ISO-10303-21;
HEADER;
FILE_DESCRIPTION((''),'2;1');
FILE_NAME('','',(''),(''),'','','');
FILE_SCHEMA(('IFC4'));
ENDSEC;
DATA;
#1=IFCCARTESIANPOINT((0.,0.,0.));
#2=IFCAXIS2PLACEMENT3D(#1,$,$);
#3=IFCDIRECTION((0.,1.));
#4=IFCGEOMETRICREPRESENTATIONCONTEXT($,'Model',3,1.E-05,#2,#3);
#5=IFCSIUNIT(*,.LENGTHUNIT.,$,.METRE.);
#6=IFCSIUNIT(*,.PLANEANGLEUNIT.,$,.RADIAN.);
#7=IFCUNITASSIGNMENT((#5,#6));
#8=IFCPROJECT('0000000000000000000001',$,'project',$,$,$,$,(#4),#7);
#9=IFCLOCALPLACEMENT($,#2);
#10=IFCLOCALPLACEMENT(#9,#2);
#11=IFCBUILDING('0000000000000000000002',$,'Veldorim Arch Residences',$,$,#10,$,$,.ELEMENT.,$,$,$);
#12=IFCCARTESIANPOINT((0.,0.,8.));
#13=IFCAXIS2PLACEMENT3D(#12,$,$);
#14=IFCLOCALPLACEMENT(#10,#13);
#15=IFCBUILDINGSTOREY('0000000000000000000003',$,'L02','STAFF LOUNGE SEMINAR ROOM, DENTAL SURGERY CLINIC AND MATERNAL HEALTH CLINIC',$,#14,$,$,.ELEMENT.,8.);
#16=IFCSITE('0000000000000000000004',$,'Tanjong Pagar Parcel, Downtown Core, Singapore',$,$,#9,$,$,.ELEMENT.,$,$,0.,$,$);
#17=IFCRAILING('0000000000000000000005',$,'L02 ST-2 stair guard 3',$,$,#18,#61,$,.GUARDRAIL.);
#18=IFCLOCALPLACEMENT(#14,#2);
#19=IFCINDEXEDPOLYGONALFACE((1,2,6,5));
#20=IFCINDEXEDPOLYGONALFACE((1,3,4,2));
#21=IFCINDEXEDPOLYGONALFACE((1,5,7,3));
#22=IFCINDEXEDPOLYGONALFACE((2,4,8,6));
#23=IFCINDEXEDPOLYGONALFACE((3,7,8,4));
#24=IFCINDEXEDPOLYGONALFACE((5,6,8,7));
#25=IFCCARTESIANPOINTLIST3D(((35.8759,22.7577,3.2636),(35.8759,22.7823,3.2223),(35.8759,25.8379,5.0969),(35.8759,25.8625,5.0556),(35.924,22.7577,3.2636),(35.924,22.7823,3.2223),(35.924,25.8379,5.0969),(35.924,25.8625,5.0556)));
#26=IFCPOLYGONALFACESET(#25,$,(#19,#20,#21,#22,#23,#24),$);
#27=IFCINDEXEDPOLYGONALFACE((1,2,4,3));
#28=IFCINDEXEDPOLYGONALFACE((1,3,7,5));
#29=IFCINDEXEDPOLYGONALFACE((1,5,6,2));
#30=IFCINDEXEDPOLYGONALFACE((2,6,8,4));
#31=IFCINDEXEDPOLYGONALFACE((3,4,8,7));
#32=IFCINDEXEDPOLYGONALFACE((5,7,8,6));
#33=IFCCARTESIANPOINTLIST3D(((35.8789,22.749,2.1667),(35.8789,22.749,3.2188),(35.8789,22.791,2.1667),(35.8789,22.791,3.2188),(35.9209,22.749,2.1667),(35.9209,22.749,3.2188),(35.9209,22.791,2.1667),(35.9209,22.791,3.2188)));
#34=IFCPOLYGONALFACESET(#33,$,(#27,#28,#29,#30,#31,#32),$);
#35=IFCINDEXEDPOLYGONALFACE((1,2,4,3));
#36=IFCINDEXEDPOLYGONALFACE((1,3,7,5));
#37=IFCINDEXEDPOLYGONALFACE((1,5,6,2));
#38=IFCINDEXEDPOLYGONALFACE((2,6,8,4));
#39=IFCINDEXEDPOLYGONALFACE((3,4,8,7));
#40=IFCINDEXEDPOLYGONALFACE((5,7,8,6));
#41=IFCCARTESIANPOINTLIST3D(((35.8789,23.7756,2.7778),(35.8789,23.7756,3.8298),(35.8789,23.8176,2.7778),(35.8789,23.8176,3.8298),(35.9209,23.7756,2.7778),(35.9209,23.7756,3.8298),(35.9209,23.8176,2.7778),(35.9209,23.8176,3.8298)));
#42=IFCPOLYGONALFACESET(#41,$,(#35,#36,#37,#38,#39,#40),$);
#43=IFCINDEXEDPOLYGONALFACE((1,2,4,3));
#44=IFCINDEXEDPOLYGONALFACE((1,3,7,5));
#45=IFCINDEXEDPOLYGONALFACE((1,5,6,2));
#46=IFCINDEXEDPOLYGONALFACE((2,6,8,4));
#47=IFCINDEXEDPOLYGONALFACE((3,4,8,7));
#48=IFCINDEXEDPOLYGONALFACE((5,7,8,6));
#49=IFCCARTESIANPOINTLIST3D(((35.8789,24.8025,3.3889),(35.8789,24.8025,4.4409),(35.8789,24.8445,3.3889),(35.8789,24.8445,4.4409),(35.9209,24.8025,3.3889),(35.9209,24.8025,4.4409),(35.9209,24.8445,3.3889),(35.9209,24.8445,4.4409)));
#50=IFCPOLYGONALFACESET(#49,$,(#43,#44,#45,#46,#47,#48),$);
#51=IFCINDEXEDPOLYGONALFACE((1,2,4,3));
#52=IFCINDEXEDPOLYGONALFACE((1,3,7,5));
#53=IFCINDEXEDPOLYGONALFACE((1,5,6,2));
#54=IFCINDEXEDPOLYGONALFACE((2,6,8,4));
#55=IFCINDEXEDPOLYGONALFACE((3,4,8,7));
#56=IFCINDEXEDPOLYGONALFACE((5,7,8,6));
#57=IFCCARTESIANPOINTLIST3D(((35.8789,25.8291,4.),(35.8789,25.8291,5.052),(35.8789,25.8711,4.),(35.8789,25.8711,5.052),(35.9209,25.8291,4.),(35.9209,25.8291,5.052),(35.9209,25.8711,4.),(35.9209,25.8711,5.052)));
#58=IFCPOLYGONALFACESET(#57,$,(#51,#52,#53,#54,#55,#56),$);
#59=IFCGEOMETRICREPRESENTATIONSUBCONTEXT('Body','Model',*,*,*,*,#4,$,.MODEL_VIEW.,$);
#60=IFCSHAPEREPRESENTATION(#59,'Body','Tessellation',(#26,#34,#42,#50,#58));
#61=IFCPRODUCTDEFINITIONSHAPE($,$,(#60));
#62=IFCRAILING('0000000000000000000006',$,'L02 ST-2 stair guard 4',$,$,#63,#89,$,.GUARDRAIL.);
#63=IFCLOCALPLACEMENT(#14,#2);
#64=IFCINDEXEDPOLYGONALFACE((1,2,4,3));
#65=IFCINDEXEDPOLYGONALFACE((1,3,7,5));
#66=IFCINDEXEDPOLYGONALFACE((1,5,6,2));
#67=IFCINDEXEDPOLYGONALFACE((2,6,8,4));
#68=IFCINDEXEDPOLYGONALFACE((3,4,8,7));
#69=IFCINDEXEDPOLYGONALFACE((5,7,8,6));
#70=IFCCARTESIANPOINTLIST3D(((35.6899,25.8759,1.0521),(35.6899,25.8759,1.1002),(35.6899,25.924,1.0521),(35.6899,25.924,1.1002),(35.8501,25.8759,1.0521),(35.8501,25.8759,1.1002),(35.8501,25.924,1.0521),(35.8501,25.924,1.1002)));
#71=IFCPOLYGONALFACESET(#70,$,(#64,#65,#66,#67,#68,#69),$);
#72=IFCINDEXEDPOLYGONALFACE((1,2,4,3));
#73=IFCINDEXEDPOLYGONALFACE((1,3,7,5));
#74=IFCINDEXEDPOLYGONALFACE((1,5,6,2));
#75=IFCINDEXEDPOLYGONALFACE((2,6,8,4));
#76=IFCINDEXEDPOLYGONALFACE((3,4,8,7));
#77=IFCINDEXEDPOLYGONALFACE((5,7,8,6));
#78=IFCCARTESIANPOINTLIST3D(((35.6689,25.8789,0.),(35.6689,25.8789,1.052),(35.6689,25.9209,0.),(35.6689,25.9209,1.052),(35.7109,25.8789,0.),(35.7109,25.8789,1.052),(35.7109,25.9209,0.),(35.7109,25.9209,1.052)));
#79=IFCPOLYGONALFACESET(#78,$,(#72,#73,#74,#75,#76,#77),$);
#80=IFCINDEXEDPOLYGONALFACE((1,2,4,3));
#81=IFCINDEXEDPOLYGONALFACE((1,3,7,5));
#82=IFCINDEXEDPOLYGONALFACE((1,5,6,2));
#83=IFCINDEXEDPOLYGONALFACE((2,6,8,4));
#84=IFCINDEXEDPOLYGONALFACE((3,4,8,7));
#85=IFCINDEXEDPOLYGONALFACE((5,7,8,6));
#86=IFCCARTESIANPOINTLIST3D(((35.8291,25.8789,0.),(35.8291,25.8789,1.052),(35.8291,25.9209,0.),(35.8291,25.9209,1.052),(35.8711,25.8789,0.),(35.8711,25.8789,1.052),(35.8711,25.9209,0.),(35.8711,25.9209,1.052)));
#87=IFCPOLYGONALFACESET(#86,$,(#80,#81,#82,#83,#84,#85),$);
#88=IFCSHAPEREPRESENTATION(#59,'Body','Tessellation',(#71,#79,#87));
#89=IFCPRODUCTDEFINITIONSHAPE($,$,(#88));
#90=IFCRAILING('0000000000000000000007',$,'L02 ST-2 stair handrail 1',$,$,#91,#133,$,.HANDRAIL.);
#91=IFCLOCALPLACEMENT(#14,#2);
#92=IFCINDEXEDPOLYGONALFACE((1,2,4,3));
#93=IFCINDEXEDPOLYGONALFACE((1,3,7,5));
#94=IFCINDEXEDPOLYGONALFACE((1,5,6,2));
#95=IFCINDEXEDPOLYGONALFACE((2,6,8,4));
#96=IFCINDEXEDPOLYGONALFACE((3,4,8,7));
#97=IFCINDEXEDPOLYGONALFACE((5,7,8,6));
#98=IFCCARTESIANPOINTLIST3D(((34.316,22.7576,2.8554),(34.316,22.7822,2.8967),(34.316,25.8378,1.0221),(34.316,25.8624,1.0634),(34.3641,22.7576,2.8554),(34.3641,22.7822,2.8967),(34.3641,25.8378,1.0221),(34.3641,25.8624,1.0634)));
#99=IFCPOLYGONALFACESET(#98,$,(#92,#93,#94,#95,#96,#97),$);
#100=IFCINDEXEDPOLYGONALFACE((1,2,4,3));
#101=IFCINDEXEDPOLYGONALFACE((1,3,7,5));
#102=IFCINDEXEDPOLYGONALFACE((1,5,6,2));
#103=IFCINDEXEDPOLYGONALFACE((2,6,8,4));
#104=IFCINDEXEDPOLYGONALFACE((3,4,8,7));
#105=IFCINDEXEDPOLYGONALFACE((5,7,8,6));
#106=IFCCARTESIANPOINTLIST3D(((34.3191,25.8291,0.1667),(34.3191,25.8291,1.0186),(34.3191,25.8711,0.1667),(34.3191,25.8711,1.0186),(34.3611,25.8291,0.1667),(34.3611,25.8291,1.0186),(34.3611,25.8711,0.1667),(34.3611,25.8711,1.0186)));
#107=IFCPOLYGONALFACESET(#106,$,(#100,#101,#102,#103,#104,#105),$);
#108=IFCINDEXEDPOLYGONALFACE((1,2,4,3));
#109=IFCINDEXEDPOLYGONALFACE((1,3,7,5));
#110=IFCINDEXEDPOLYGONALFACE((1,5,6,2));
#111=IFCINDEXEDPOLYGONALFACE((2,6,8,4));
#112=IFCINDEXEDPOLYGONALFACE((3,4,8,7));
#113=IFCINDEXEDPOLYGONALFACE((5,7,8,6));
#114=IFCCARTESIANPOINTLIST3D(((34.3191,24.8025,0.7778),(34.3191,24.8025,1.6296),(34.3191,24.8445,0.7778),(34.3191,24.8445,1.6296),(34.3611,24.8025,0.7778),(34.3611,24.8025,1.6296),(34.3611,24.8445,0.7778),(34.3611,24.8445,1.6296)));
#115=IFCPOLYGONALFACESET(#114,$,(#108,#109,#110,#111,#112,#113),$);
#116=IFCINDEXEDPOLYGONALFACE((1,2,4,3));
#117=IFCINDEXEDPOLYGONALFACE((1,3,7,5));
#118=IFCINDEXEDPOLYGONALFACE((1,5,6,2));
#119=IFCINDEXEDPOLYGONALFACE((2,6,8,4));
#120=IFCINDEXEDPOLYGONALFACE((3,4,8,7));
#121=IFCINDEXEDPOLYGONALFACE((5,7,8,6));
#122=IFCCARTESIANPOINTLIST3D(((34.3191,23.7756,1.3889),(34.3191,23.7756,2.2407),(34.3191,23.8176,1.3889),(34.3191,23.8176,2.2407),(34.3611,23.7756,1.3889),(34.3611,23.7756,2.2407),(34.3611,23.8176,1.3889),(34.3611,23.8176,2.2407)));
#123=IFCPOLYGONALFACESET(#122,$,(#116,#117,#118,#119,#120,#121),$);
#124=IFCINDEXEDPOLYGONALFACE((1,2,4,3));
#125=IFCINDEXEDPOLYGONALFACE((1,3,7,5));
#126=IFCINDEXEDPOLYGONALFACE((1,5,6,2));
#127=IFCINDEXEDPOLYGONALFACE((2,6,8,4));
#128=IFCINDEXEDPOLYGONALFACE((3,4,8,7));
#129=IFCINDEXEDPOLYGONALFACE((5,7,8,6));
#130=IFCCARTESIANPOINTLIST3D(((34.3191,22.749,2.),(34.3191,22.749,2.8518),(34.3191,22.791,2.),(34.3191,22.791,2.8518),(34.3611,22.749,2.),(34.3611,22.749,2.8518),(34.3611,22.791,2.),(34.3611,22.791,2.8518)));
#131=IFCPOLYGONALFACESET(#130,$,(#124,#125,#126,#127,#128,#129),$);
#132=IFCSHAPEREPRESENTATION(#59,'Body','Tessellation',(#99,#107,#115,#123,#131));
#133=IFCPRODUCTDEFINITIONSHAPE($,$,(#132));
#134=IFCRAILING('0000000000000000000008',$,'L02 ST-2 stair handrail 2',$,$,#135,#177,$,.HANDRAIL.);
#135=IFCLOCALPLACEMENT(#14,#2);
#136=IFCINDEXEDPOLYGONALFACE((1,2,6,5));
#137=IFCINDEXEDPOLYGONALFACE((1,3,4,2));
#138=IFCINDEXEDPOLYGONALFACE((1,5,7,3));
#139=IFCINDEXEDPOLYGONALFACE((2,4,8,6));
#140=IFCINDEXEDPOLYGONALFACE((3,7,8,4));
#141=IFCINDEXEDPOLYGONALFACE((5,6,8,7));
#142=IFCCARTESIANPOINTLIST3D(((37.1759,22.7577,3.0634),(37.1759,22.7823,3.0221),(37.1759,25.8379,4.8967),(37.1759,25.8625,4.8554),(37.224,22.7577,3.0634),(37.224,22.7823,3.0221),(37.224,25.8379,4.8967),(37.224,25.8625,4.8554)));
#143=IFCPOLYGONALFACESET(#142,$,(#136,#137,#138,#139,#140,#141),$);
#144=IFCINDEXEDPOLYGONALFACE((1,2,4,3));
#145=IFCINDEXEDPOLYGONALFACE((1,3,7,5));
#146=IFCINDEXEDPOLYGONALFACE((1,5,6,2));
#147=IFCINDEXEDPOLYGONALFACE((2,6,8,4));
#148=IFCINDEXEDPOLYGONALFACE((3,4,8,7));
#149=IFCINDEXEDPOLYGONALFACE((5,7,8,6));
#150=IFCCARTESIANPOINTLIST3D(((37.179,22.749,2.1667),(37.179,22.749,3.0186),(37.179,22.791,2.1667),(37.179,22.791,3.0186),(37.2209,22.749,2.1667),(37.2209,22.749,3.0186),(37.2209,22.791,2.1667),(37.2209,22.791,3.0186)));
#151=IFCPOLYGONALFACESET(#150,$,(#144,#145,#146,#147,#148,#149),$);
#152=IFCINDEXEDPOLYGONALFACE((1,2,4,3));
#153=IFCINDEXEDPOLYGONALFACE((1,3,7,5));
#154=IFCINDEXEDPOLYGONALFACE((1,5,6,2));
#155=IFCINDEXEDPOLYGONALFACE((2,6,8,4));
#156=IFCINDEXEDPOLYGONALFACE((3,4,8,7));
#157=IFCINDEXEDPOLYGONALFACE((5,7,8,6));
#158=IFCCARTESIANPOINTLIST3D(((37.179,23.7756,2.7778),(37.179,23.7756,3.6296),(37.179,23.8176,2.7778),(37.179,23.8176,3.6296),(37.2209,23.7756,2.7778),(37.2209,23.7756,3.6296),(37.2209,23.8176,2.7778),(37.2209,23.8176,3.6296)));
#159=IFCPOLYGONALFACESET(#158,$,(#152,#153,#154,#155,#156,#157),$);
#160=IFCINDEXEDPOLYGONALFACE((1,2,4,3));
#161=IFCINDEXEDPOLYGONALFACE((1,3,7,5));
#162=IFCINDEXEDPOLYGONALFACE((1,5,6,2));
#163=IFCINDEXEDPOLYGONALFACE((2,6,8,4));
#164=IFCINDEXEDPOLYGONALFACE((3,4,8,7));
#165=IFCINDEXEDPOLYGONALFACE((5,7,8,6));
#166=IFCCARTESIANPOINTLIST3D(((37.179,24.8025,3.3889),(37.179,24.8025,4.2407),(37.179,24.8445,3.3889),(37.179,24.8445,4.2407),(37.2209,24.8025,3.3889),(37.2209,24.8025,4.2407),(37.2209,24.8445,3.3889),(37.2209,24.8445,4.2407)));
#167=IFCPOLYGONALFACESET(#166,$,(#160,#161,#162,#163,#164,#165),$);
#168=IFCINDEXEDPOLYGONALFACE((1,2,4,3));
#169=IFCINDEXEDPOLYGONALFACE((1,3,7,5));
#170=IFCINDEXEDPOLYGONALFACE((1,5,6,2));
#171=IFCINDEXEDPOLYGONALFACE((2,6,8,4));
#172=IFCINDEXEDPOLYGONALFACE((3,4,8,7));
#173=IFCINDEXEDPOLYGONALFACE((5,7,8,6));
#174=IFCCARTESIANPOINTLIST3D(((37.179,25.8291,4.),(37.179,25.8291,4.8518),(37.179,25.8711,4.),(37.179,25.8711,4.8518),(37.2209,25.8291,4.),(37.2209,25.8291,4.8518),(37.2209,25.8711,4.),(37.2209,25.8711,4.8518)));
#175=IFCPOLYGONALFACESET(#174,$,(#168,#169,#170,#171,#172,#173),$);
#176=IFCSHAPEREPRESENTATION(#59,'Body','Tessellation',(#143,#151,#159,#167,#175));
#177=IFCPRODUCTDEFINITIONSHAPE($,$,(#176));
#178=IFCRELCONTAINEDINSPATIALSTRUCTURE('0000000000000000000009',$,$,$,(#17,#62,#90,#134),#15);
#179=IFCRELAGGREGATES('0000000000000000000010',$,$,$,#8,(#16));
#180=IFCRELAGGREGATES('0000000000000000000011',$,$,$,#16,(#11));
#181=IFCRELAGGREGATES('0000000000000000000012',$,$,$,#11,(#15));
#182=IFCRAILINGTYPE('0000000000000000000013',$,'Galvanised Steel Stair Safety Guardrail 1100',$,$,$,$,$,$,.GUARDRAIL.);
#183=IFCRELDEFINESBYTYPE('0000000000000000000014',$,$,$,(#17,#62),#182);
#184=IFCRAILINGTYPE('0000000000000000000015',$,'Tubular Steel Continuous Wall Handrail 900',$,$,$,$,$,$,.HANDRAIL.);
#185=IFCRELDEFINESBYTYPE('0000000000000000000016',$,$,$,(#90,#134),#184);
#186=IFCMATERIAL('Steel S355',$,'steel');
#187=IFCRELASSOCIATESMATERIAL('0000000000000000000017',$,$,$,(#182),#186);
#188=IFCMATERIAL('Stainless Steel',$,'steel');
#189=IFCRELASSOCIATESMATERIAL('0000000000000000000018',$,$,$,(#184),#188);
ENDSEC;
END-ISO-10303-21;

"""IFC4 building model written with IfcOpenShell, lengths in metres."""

from ifc_helpers import new_model, si_unit, direction, frame, origin, origin_2d, place, context, subcontext, project, spatial, rectangle, extrude, material, type_object, element, save


model = new_model("IFC4")

# Units and contexts
model_context = context("Model", 3, precision=1e-05, world=origin(), true_north=direction((0.0, 1.0)))
body_context = subcontext(model_context, "Body", "Model", "MODEL_VIEW")
ifc_project = project(units=[si_unit("LENGTHUNIT", "METRE"), si_unit("PLANEANGLEUNIT", "RADIAN")], contexts=[model_context])

# Site, building, storey
site_placement = place(None, origin())
site = spatial("IfcSite", under=ifc_project, at=site_placement, Name="Tanjong Pagar Parcel, Downtown Core, Singapore", CompositionType="ELEMENT", RefElevation=0.0)
building_placement = place(site_placement, origin())
building = spatial("IfcBuilding", under=site, at=building_placement, Name="Veldorim Arch Residences", CompositionType="ELEMENT")
storey_placement = place(building_placement, frame((0.0, 0.0, 8.0)))
storey = spatial("IfcBuildingStorey", under=building, at=storey_placement, Name="L02", Description="STAFF LOUNGE SEMINAR ROOM, DENTAL SURGERY CLINIC AND MATERNAL HEALTH CLINIC", CompositionType="ELEMENT", Elevation=8.0)

# Railings
ifc_material_1 = material(Name="Steel S355", Category="steel")
railing_type_1 = type_object("IfcRailingType", Name="Galvanised Steel Stair Safety Guardrail 1100", PredefinedType="GUARDRAIL", material=ifc_material_1)
railing_1_placement = place(storey_placement, frame((35.8999, 22.77, 2.1667)))
element("IfcRailing", 1, at=railing_1_placement, inside=storey, type_object=railing_type_1, Name="L02 ST-2 stair guard 3", PredefinedType="GUARDRAIL", context=body_context, shape_type="SweptSolid", body=[
    extrude(rectangle(XDim=0.0481, YDim=0.0481, at=origin_2d()), frame((0.0, 0.0, 1.0762), z_axis=(0.0, 0.859309, 0.511458), x_axis=(-1.0, 0.0, 0.0)), (0.0, 0.0, 1.0), 3.5845),
    extrude(rectangle(XDim=0.042, YDim=0.042, at=origin_2d()), origin(), (0.0, 0.0, 1.0), 1.052),
    extrude(rectangle(XDim=0.042, YDim=0.042, at=origin_2d()), frame((0.0, 1.0266, 0.6111)), (0.0, 0.0, 1.0), 1.052),
    extrude(rectangle(XDim=0.042, YDim=0.042, at=origin_2d()), frame((0.0, 2.0535, 1.2222)), (0.0, 0.0, 1.0), 1.052),
    extrude(rectangle(XDim=0.042, YDim=0.042, at=origin_2d()), frame((0.0, 3.0801, 1.8333)), (0.0, 0.0, 1.0), 1.052),
])
railing_2_placement = place(storey_placement, frame((35.6899, 25.8999, 0.0)))
element("IfcRailing", 2, at=railing_2_placement, inside=storey, type_object=railing_type_1, Name="L02 ST-2 stair guard 4", PredefinedType="GUARDRAIL", context=body_context, shape_type="SweptSolid", body=[
    extrude(rectangle(XDim=0.0481, YDim=0.0481, at=origin_2d()), frame((0.0, 0.0, 1.0762), z_axis=(1.0, 0.0, 0.0), x_axis=(0.0, 1.0, 0.0)), (0.0, 0.0, 1.0), 0.1602),
    extrude(rectangle(XDim=0.042, YDim=0.042, at=origin_2d()), origin(), (0.0, 0.0, 1.0), 1.052),
    extrude(rectangle(XDim=0.042, YDim=0.042, at=origin_2d()), frame((0.1602, 0.0, 0.0)), (0.0, 0.0, 1.0), 1.052),
])
ifc_material_2 = material(Name="Stainless Steel", Category="steel")
railing_type_2 = type_object("IfcRailingType", Name="Tubular Steel Continuous Wall Handrail 900", PredefinedType="HANDRAIL", material=ifc_material_2)
railing_3_placement = place(storey_placement, frame((34.3401, 25.8501, 0.1667)))
element("IfcRailing", 3, at=railing_3_placement, inside=storey, type_object=railing_type_2, Name="L02 ST-2 stair handrail 1", PredefinedType="HANDRAIL", context=body_context, shape_type="SweptSolid", body=[
    extrude(rectangle(XDim=0.0481, YDim=0.0481, at=origin_2d()), frame((0.0, 0.0, 0.876), z_axis=(0.0, -0.859309, 0.511458), x_axis=(1.0, 0.0, 0.0)), (0.0, 0.0, 1.0), 3.5845),
    extrude(rectangle(XDim=0.042, YDim=0.042, at=origin_2d()), origin(), (0.0, 0.0, 1.0), 0.8518),
    extrude(rectangle(XDim=0.042, YDim=0.042, at=origin_2d()), frame((0.0, -1.0266, 0.6111)), (0.0, 0.0, 1.0), 0.8518),
    extrude(rectangle(XDim=0.042, YDim=0.042, at=origin_2d()), frame((0.0, -2.0535, 1.2222)), (0.0, 0.0, 1.0), 0.8518),
    extrude(rectangle(XDim=0.042, YDim=0.042, at=origin_2d()), frame((0.0, -3.0801, 1.8333)), (0.0, 0.0, 1.0), 0.8518),
])
railing_4_placement = place(storey_placement, frame((37.2, 22.77, 2.1667)))
element("IfcRailing", 4, at=railing_4_placement, inside=storey, type_object=railing_type_2, Name="L02 ST-2 stair handrail 2", PredefinedType="HANDRAIL", context=body_context, shape_type="SweptSolid", body=[
    extrude(rectangle(XDim=0.0481, YDim=0.0481, at=origin_2d()), frame((0.0, 0.0, 0.876), z_axis=(0.0, 0.859309, 0.511458), x_axis=(-1.0, 0.0, 0.0)), (0.0, 0.0, 1.0), 3.5845),
    extrude(rectangle(XDim=0.042, YDim=0.042, at=origin_2d()), origin(), (0.0, 0.0, 1.0), 0.8518),
    extrude(rectangle(XDim=0.042, YDim=0.042, at=origin_2d()), frame((0.0, 1.0266, 0.6111)), (0.0, 0.0, 1.0), 0.8518),
    extrude(rectangle(XDim=0.042, YDim=0.042, at=origin_2d()), frame((0.0, 2.0535, 1.2222)), (0.0, 0.0, 1.0), 0.8518),
    extrude(rectangle(XDim=0.042, YDim=0.042, at=origin_2d()), frame((0.0, 3.0801, 1.8333)), (0.0, 0.0, 1.0), 0.8518),
])

save(model, "model.ifc")
